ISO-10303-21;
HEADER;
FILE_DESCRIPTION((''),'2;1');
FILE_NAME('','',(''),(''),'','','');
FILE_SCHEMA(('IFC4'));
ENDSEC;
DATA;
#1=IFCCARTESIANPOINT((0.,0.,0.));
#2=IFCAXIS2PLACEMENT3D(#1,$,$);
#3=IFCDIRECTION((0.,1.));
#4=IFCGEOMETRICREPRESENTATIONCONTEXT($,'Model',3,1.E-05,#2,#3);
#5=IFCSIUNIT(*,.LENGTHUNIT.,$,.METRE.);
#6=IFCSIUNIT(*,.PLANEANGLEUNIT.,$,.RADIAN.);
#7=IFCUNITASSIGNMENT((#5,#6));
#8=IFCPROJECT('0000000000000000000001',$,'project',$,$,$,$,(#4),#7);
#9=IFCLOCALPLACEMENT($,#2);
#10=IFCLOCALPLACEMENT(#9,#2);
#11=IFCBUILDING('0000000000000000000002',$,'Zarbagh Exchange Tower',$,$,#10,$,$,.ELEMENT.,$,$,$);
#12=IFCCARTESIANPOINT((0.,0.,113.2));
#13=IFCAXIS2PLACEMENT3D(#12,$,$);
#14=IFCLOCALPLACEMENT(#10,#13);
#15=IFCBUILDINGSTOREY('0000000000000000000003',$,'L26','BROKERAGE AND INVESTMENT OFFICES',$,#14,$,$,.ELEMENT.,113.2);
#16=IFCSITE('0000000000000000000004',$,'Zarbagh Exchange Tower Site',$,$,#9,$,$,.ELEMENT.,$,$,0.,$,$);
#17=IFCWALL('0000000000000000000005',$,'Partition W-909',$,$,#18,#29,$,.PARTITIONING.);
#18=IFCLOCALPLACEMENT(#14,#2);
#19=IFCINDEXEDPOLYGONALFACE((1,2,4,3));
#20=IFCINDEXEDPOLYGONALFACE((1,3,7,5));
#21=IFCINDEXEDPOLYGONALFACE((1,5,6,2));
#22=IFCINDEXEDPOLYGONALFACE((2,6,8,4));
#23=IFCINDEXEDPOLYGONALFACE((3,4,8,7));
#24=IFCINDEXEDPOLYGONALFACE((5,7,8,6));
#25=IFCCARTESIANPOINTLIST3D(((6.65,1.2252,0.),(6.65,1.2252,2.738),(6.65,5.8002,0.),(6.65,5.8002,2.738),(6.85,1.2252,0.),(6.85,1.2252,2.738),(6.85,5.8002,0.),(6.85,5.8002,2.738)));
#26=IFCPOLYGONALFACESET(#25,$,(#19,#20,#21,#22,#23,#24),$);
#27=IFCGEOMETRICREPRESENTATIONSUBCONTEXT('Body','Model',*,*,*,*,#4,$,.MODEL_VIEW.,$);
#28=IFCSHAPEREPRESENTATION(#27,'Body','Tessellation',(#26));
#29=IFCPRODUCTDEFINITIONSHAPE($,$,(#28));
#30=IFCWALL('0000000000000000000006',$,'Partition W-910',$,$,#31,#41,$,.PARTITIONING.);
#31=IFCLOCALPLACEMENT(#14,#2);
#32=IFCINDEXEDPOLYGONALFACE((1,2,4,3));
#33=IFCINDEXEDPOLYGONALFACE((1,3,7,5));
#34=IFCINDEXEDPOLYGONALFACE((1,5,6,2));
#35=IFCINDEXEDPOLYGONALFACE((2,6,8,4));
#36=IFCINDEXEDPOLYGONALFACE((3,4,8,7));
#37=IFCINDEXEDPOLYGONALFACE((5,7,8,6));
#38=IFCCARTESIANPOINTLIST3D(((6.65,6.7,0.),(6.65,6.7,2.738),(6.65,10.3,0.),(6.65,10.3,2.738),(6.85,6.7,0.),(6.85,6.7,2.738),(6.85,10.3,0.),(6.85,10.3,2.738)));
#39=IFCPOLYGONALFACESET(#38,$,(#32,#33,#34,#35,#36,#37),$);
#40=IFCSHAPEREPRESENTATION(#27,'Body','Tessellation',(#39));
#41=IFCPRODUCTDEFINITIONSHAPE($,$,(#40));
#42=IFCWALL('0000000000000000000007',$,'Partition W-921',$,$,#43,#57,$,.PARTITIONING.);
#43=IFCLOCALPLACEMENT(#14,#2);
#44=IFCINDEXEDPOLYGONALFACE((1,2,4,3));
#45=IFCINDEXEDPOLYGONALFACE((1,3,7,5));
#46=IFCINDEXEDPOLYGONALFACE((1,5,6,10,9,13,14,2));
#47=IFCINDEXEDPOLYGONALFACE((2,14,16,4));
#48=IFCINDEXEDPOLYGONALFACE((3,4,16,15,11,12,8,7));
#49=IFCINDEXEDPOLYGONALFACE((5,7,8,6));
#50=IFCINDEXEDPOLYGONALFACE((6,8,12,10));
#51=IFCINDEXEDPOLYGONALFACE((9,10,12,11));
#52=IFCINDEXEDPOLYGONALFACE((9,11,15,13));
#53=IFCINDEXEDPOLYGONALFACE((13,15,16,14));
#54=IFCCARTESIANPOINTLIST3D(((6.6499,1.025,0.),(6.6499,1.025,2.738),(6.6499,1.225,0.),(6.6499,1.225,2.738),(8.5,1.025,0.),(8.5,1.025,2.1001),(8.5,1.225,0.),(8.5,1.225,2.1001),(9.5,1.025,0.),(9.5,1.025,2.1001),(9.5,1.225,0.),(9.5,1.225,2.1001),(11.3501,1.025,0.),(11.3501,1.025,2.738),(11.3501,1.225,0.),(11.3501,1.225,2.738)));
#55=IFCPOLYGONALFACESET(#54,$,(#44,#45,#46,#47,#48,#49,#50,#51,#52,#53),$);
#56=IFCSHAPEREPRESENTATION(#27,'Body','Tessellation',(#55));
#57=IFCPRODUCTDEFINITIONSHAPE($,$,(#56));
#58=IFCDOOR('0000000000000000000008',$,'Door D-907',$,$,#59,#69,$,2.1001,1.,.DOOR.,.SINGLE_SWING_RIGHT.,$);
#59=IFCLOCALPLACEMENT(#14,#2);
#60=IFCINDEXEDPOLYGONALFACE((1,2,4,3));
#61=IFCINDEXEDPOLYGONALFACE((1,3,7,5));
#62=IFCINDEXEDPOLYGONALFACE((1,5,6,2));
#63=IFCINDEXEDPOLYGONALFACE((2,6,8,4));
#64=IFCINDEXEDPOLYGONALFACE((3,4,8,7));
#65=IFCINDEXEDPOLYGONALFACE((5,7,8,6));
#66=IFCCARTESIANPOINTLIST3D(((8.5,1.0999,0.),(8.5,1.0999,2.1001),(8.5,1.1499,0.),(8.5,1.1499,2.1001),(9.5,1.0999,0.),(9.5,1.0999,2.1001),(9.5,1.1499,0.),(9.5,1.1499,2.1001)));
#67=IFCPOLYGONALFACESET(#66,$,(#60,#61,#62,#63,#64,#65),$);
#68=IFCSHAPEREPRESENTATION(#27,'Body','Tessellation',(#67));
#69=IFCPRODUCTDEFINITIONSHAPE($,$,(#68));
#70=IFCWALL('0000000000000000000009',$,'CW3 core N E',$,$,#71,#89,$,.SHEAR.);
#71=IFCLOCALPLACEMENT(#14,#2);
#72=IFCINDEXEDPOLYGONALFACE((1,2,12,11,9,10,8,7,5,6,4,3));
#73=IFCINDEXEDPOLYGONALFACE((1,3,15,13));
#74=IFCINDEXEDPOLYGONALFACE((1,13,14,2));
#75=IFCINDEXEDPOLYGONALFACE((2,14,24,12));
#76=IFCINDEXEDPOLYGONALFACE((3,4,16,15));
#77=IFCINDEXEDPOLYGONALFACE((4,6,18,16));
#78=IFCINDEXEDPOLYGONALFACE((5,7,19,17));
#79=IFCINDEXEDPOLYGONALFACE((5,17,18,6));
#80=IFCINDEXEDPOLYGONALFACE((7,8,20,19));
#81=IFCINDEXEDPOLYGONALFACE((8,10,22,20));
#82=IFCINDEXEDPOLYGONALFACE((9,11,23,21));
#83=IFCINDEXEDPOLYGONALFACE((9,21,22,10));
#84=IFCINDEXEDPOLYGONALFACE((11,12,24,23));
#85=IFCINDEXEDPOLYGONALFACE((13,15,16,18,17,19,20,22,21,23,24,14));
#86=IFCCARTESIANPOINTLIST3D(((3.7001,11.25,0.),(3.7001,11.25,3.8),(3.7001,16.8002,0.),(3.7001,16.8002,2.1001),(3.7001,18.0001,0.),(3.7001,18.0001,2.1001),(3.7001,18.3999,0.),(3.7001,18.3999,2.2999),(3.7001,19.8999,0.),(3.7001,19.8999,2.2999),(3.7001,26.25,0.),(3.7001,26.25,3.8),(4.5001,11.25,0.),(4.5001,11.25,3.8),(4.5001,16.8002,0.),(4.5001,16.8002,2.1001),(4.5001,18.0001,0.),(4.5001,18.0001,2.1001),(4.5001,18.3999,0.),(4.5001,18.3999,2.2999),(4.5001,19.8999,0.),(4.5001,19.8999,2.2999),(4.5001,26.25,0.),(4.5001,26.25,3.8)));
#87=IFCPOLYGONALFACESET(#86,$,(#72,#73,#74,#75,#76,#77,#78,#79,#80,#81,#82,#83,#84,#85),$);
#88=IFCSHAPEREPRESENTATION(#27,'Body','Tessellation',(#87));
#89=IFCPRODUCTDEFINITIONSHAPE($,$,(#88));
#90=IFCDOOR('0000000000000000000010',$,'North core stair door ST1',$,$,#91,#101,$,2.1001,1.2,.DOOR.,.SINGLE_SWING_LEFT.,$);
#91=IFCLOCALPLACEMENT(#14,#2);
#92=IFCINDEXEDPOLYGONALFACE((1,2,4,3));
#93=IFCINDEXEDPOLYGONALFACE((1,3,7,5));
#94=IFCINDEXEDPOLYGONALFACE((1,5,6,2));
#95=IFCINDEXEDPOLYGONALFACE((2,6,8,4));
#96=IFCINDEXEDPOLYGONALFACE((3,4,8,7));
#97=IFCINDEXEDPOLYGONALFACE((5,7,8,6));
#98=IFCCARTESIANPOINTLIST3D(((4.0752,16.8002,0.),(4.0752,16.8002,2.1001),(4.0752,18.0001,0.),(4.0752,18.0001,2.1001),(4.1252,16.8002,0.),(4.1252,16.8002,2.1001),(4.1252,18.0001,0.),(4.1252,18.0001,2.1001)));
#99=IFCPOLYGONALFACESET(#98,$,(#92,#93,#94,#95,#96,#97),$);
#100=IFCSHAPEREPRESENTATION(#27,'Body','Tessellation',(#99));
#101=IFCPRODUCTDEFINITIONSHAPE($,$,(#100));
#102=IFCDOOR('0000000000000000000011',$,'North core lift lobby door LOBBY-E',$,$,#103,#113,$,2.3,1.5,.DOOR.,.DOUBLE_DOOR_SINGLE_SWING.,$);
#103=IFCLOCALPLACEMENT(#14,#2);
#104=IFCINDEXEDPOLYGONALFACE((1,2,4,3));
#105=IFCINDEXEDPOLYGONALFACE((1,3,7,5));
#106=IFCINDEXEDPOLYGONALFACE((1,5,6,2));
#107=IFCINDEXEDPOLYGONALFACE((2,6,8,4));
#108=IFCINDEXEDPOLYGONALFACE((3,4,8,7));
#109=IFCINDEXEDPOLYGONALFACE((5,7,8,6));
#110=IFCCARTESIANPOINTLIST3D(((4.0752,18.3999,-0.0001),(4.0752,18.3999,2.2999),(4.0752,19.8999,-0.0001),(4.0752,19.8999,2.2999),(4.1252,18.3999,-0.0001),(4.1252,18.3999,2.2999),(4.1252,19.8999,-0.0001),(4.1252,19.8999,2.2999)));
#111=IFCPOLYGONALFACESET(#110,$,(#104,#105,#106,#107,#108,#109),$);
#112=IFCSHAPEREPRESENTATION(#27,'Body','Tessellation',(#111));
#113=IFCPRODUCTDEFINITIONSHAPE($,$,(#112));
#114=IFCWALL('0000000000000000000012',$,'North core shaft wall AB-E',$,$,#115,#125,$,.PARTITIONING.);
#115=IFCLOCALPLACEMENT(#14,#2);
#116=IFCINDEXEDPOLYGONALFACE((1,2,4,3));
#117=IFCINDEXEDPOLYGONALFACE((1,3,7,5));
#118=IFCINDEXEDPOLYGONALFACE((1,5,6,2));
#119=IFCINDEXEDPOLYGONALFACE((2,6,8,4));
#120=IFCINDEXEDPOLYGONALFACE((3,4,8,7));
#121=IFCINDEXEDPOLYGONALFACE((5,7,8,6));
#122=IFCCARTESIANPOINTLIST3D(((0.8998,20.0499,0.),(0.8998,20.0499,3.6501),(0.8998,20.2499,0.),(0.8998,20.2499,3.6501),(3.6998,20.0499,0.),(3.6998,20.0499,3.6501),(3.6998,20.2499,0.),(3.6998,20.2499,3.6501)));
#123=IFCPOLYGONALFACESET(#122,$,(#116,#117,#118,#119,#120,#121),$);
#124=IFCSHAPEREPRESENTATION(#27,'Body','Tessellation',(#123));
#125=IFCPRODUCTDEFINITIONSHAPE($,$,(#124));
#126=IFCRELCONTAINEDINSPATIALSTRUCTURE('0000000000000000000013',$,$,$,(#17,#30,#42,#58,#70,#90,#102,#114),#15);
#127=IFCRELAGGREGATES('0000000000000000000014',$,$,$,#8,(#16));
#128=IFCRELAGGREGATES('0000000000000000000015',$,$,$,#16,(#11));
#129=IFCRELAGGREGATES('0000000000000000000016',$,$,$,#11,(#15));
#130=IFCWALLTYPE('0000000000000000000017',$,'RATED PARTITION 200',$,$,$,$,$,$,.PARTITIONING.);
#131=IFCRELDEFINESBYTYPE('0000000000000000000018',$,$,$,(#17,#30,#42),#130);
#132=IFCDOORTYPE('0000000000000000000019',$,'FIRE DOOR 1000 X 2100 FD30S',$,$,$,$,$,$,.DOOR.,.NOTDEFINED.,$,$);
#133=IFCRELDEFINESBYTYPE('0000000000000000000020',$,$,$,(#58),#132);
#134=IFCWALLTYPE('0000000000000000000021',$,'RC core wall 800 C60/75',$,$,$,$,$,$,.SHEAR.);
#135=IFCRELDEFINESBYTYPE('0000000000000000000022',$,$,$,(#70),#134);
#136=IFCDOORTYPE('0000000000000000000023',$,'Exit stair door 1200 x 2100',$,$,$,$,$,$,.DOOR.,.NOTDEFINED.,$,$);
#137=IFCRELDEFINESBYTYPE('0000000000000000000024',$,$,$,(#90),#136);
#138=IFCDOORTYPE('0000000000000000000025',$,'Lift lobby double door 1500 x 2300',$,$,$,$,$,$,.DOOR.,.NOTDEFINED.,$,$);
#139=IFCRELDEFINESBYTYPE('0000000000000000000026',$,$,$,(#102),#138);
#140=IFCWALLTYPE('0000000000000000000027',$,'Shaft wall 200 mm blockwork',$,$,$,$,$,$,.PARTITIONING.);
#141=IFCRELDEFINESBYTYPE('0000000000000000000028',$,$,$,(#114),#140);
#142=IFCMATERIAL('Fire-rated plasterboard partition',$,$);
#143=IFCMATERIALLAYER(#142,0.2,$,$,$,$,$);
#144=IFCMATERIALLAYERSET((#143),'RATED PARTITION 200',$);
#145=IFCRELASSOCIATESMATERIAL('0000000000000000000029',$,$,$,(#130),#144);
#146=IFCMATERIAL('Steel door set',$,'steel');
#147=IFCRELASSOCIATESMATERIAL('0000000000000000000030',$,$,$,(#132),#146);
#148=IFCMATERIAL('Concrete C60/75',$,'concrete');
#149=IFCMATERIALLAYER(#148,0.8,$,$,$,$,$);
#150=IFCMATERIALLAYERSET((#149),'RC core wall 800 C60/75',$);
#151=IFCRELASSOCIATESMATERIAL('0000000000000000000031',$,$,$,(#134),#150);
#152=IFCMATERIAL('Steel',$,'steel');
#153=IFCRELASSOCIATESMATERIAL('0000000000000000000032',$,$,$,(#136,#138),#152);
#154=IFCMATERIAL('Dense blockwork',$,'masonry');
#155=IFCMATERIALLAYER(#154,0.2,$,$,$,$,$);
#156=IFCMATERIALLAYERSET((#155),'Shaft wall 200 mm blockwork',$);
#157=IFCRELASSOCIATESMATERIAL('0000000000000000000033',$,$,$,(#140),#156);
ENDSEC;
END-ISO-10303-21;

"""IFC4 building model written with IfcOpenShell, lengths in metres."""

from ifc_helpers import new_model, si_unit, direction, frame, frame_2d, origin, place, context, subcontext, project, spatial, rectangle, extrude, material, layer, layer_set, type_object, element, fill, save


model = new_model("IFC4")

# Units and contexts
model_context = context("Model", 3, precision=1e-05, world=origin(), true_north=direction((0.0, 1.0)))
body_context = subcontext(model_context, "Body", "Model", "MODEL_VIEW")
ifc_project = project(units=[si_unit("LENGTHUNIT", "METRE"), si_unit("PLANEANGLEUNIT", "RADIAN")], contexts=[model_context])

# Site, building, storey
site_placement = place(None, origin())
site = spatial("IfcSite", under=ifc_project, at=site_placement, Name="Zarbagh Exchange Tower Site", CompositionType="ELEMENT", RefElevation=0.0)
building_placement = place(site_placement, origin())
building = spatial("IfcBuilding", under=site, at=building_placement, Name="Zarbagh Exchange Tower", CompositionType="ELEMENT")
storey_placement = place(building_placement, frame((0.0, 0.0, 113.2)))
storey = spatial("IfcBuildingStorey", under=building, at=storey_placement, Name="L26", Description="BROKERAGE AND INVESTMENT OFFICES", CompositionType="ELEMENT", Elevation=113.2)

# Shared definitions
ifc_material_1 = material(Name="Concrete C60/75", Category="concrete")

# Shared definitions
ifc_material_2 = material(Name="Fire-rated plasterboard partition")
ifc_layer_1 = layer(ifc_material_2, 0.2)
ifc_layer_set_1 = layer_set([ifc_layer_1], Name="RATED PARTITION 200")
wall_type_1 = type_object("IfcWallType", Name="RATED PARTITION 200", PredefinedType="PARTITIONING", material=ifc_layer_set_1)
ifc_material_3 = material(Name="Steel door set", Category="steel")
door_type_1 = type_object("IfcDoorType", Name="FIRE DOOR 1000 X 2100 FD30S", OperationType="NOTDEFINED", PredefinedType="DOOR", material=ifc_material_3)

# Walls
wall_1_placement = place(storey_placement, frame((6.75, 1.2251, 0.0), z_axis=(0.0, 0.0, 1.0), x_axis=(0.0, 1.0, 0.0)))
element("IfcWall", 1, at=wall_1_placement, inside=storey, type_object=wall_type_1, Name="Partition W-909", PredefinedType="PARTITIONING", context=body_context, shape_type="SweptSolid", body=[
    extrude(rectangle(XDim=4.575, YDim=0.2, at=frame_2d((2.2876, 0.0))), origin(), (0.0, 0.0, 1.0), 2.738),
])
wall_2_placement = place(storey_placement, frame((6.75, 6.7, 0.0), z_axis=(0.0, 0.0, 1.0), x_axis=(0.0, 1.0, 0.0)))
element("IfcWall", 2, at=wall_2_placement, inside=storey, type_object=wall_type_1, Name="Partition W-910", PredefinedType="PARTITIONING", context=body_context, shape_type="SweptSolid", body=[
    extrude(rectangle(XDim=3.6001, YDim=0.2, at=frame_2d((1.8, 0.0))), origin(), (0.0, 0.0, 1.0), 2.738),
])

# Wall, opening, door
wall_3_placement = place(storey_placement, frame((6.6499, 1.125, 0.0), z_axis=(0.0, 0.0, 1.0), x_axis=(1.0, 0.0, 0.0)))
wall_3 = element("IfcWall", 3, at=wall_3_placement, inside=storey, type_object=wall_type_1, Name="Partition W-921", PredefinedType="PARTITIONING", context=body_context, shape_type="SweptSolid", body=[
    extrude(rectangle(XDim=4.7002, YDim=0.2, at=frame_2d((2.3501, 0.0))), origin(), (0.0, 0.0, 1.0), 2.738),
])
opening_1_placement = place(wall_3_placement, frame((1.8501, 0.0, 0.0)))
opening_1 = element("IfcOpeningElement", 4, at=opening_1_placement, cuts=wall_3, PredefinedType="OPENING", context=body_context, shape_type="SweptSolid", body=[
    extrude(rectangle(XDim=1.0, YDim=2.1001, at=frame_2d((0.5, 1.05))), frame((0.0, 0.1099, 0.0), z_axis=(0.0, -1.0, 0.0), x_axis=(1.0, 0.0, 0.0)), (0.0, 0.0, 1.0), 0.22),
])
door_1_placement = place(opening_1_placement, origin())
door_1 = element("IfcDoor", 5, at=door_1_placement, inside=storey, type_object=door_type_1, Name="Door D-907", OperationType="SINGLE_SWING_RIGHT", OverallHeight=2.1001, OverallWidth=1.0, PredefinedType="DOOR", context=body_context, shape_type="SweptSolid", body=[
    extrude(rectangle(XDim=1.0, YDim=2.1001, at=frame_2d((0.5, 1.05))), frame((0.0, 0.0249, 0.0), z_axis=(0.0, -1.0, 0.0), x_axis=(1.0, 0.0, 0.0)), (0.0, 0.0, 1.0), 0.05),
])
fill(opening_1, door_1)

# Wall, openings, doors
ifc_layer_2 = layer(ifc_material_1, 0.8)
ifc_layer_set_2 = layer_set([ifc_layer_2], Name="RC core wall 800 C60/75")
wall_type_2 = type_object("IfcWallType", Name="RC core wall 800 C60/75", PredefinedType="SHEAR", material=ifc_layer_set_2)
wall_4_placement = place(storey_placement, frame((4.1001, 11.25, 0.0), z_axis=(0.0, 0.0, 1.0), x_axis=(0.0, 1.0, 0.0)))
wall_4 = element("IfcWall", 6, at=wall_4_placement, inside=storey, type_object=wall_type_2, Name="CW3 core N E", PredefinedType="SHEAR", context=body_context, shape_type="SweptSolid", body=[
    extrude(rectangle(XDim=15.0, YDim=0.8, at=frame_2d((7.5, 0.0))), origin(), (0.0, 0.0, 1.0), 3.8),
])
opening_2_placement = place(wall_4_placement, frame((7.1499, 0.0, 0.0)))
opening_2 = element("IfcOpeningElement", 7, at=opening_2_placement, cuts=wall_4, PredefinedType="OPENING", context=body_context, shape_type="SweptSolid", body=[
    extrude(rectangle(XDim=1.5, YDim=2.3, at=frame_2d((0.75, 1.1499))), frame((0.0, 0.4099, 0.0), z_axis=(0.0, -1.0, 0.0), x_axis=(1.0, 0.0, 0.0)), (0.0, 0.0, 1.0), 0.8201),
])
opening_3_placement = place(wall_4_placement, frame((5.55, 0.0, 0.0)))
opening_3 = element("IfcOpeningElement", 8, at=opening_3_placement, cuts=wall_4, PredefinedType="OPENING", context=body_context, shape_type="SweptSolid", body=[
    extrude(rectangle(XDim=1.2, YDim=2.1001, at=frame_2d((0.6001, 1.05))), frame((0.0, 0.4099, 0.0), z_axis=(0.0, -1.0, 0.0), x_axis=(1.0, 0.0, 0.0)), (0.0, 0.0, 1.0), 0.8201),
])
ifc_material_4 = material(Name="Steel", Category="steel")
door_type_2 = type_object("IfcDoorType", Name="Exit stair door 1200 x 2100", OperationType="NOTDEFINED", PredefinedType="DOOR", material=ifc_material_4)
door_2_placement = place(opening_3_placement, origin())
door_2 = element("IfcDoor", 9, at=door_2_placement, inside=storey, type_object=door_type_2, Name="North core stair door ST1", OperationType="SINGLE_SWING_LEFT", OverallHeight=2.1001, OverallWidth=1.2, PredefinedType="DOOR", context=body_context, shape_type="SweptSolid", body=[
    extrude(rectangle(XDim=1.2, YDim=2.1001, at=frame_2d((0.6001, 1.05))), frame((0.0, 0.0249, 0.0), z_axis=(0.0, -1.0, 0.0), x_axis=(1.0, 0.0, 0.0)), (0.0, 0.0, 1.0), 0.05),
])
fill(opening_3, door_2)
door_type_3 = type_object("IfcDoorType", Name="Lift lobby double door 1500 x 2300", OperationType="NOTDEFINED", PredefinedType="DOOR", material=ifc_material_4)
door_3_placement = place(opening_2_placement, origin())
door_3 = element("IfcDoor", 10, at=door_3_placement, inside=storey, type_object=door_type_3, Name="North core lift lobby door LOBBY-E", OperationType="DOUBLE_DOOR_SINGLE_SWING", OverallHeight=2.3, OverallWidth=1.5, PredefinedType="DOOR", context=body_context, shape_type="SweptSolid", body=[
    extrude(rectangle(XDim=1.5, YDim=2.3, at=frame_2d((0.75, 1.1499))), frame((0.0, 0.0249, 0.0), z_axis=(0.0, -1.0, 0.0), x_axis=(1.0, 0.0, 0.0)), (0.0, 0.0, 1.0), 0.05),
])
fill(opening_2, door_3)

# Wall
ifc_material_5 = material(Name="Dense blockwork", Category="masonry")
ifc_layer_3 = layer(ifc_material_5, 0.2)
ifc_layer_set_3 = layer_set([ifc_layer_3], Name="Shaft wall 200 mm blockwork")
wall_type_3 = type_object("IfcWallType", Name="Shaft wall 200 mm blockwork", PredefinedType="PARTITIONING", material=ifc_layer_set_3)
wall_5_placement = place(storey_placement, frame((0.8999, 20.1499, 0.0), z_axis=(0.0, 0.0, 1.0), x_axis=(1.0, 0.0, 0.0)))
element("IfcWall", 11, at=wall_5_placement, inside=storey, type_object=wall_type_3, Name="North core shaft wall AB-E", PredefinedType="PARTITIONING", context=body_context, shape_type="SweptSolid", body=[
    extrude(rectangle(XDim=2.8, YDim=0.2, at=frame_2d((1.3999, 0.0))), origin(), (0.0, 0.0, 1.0), 3.6501),
])

save(model, "model.ifc")
